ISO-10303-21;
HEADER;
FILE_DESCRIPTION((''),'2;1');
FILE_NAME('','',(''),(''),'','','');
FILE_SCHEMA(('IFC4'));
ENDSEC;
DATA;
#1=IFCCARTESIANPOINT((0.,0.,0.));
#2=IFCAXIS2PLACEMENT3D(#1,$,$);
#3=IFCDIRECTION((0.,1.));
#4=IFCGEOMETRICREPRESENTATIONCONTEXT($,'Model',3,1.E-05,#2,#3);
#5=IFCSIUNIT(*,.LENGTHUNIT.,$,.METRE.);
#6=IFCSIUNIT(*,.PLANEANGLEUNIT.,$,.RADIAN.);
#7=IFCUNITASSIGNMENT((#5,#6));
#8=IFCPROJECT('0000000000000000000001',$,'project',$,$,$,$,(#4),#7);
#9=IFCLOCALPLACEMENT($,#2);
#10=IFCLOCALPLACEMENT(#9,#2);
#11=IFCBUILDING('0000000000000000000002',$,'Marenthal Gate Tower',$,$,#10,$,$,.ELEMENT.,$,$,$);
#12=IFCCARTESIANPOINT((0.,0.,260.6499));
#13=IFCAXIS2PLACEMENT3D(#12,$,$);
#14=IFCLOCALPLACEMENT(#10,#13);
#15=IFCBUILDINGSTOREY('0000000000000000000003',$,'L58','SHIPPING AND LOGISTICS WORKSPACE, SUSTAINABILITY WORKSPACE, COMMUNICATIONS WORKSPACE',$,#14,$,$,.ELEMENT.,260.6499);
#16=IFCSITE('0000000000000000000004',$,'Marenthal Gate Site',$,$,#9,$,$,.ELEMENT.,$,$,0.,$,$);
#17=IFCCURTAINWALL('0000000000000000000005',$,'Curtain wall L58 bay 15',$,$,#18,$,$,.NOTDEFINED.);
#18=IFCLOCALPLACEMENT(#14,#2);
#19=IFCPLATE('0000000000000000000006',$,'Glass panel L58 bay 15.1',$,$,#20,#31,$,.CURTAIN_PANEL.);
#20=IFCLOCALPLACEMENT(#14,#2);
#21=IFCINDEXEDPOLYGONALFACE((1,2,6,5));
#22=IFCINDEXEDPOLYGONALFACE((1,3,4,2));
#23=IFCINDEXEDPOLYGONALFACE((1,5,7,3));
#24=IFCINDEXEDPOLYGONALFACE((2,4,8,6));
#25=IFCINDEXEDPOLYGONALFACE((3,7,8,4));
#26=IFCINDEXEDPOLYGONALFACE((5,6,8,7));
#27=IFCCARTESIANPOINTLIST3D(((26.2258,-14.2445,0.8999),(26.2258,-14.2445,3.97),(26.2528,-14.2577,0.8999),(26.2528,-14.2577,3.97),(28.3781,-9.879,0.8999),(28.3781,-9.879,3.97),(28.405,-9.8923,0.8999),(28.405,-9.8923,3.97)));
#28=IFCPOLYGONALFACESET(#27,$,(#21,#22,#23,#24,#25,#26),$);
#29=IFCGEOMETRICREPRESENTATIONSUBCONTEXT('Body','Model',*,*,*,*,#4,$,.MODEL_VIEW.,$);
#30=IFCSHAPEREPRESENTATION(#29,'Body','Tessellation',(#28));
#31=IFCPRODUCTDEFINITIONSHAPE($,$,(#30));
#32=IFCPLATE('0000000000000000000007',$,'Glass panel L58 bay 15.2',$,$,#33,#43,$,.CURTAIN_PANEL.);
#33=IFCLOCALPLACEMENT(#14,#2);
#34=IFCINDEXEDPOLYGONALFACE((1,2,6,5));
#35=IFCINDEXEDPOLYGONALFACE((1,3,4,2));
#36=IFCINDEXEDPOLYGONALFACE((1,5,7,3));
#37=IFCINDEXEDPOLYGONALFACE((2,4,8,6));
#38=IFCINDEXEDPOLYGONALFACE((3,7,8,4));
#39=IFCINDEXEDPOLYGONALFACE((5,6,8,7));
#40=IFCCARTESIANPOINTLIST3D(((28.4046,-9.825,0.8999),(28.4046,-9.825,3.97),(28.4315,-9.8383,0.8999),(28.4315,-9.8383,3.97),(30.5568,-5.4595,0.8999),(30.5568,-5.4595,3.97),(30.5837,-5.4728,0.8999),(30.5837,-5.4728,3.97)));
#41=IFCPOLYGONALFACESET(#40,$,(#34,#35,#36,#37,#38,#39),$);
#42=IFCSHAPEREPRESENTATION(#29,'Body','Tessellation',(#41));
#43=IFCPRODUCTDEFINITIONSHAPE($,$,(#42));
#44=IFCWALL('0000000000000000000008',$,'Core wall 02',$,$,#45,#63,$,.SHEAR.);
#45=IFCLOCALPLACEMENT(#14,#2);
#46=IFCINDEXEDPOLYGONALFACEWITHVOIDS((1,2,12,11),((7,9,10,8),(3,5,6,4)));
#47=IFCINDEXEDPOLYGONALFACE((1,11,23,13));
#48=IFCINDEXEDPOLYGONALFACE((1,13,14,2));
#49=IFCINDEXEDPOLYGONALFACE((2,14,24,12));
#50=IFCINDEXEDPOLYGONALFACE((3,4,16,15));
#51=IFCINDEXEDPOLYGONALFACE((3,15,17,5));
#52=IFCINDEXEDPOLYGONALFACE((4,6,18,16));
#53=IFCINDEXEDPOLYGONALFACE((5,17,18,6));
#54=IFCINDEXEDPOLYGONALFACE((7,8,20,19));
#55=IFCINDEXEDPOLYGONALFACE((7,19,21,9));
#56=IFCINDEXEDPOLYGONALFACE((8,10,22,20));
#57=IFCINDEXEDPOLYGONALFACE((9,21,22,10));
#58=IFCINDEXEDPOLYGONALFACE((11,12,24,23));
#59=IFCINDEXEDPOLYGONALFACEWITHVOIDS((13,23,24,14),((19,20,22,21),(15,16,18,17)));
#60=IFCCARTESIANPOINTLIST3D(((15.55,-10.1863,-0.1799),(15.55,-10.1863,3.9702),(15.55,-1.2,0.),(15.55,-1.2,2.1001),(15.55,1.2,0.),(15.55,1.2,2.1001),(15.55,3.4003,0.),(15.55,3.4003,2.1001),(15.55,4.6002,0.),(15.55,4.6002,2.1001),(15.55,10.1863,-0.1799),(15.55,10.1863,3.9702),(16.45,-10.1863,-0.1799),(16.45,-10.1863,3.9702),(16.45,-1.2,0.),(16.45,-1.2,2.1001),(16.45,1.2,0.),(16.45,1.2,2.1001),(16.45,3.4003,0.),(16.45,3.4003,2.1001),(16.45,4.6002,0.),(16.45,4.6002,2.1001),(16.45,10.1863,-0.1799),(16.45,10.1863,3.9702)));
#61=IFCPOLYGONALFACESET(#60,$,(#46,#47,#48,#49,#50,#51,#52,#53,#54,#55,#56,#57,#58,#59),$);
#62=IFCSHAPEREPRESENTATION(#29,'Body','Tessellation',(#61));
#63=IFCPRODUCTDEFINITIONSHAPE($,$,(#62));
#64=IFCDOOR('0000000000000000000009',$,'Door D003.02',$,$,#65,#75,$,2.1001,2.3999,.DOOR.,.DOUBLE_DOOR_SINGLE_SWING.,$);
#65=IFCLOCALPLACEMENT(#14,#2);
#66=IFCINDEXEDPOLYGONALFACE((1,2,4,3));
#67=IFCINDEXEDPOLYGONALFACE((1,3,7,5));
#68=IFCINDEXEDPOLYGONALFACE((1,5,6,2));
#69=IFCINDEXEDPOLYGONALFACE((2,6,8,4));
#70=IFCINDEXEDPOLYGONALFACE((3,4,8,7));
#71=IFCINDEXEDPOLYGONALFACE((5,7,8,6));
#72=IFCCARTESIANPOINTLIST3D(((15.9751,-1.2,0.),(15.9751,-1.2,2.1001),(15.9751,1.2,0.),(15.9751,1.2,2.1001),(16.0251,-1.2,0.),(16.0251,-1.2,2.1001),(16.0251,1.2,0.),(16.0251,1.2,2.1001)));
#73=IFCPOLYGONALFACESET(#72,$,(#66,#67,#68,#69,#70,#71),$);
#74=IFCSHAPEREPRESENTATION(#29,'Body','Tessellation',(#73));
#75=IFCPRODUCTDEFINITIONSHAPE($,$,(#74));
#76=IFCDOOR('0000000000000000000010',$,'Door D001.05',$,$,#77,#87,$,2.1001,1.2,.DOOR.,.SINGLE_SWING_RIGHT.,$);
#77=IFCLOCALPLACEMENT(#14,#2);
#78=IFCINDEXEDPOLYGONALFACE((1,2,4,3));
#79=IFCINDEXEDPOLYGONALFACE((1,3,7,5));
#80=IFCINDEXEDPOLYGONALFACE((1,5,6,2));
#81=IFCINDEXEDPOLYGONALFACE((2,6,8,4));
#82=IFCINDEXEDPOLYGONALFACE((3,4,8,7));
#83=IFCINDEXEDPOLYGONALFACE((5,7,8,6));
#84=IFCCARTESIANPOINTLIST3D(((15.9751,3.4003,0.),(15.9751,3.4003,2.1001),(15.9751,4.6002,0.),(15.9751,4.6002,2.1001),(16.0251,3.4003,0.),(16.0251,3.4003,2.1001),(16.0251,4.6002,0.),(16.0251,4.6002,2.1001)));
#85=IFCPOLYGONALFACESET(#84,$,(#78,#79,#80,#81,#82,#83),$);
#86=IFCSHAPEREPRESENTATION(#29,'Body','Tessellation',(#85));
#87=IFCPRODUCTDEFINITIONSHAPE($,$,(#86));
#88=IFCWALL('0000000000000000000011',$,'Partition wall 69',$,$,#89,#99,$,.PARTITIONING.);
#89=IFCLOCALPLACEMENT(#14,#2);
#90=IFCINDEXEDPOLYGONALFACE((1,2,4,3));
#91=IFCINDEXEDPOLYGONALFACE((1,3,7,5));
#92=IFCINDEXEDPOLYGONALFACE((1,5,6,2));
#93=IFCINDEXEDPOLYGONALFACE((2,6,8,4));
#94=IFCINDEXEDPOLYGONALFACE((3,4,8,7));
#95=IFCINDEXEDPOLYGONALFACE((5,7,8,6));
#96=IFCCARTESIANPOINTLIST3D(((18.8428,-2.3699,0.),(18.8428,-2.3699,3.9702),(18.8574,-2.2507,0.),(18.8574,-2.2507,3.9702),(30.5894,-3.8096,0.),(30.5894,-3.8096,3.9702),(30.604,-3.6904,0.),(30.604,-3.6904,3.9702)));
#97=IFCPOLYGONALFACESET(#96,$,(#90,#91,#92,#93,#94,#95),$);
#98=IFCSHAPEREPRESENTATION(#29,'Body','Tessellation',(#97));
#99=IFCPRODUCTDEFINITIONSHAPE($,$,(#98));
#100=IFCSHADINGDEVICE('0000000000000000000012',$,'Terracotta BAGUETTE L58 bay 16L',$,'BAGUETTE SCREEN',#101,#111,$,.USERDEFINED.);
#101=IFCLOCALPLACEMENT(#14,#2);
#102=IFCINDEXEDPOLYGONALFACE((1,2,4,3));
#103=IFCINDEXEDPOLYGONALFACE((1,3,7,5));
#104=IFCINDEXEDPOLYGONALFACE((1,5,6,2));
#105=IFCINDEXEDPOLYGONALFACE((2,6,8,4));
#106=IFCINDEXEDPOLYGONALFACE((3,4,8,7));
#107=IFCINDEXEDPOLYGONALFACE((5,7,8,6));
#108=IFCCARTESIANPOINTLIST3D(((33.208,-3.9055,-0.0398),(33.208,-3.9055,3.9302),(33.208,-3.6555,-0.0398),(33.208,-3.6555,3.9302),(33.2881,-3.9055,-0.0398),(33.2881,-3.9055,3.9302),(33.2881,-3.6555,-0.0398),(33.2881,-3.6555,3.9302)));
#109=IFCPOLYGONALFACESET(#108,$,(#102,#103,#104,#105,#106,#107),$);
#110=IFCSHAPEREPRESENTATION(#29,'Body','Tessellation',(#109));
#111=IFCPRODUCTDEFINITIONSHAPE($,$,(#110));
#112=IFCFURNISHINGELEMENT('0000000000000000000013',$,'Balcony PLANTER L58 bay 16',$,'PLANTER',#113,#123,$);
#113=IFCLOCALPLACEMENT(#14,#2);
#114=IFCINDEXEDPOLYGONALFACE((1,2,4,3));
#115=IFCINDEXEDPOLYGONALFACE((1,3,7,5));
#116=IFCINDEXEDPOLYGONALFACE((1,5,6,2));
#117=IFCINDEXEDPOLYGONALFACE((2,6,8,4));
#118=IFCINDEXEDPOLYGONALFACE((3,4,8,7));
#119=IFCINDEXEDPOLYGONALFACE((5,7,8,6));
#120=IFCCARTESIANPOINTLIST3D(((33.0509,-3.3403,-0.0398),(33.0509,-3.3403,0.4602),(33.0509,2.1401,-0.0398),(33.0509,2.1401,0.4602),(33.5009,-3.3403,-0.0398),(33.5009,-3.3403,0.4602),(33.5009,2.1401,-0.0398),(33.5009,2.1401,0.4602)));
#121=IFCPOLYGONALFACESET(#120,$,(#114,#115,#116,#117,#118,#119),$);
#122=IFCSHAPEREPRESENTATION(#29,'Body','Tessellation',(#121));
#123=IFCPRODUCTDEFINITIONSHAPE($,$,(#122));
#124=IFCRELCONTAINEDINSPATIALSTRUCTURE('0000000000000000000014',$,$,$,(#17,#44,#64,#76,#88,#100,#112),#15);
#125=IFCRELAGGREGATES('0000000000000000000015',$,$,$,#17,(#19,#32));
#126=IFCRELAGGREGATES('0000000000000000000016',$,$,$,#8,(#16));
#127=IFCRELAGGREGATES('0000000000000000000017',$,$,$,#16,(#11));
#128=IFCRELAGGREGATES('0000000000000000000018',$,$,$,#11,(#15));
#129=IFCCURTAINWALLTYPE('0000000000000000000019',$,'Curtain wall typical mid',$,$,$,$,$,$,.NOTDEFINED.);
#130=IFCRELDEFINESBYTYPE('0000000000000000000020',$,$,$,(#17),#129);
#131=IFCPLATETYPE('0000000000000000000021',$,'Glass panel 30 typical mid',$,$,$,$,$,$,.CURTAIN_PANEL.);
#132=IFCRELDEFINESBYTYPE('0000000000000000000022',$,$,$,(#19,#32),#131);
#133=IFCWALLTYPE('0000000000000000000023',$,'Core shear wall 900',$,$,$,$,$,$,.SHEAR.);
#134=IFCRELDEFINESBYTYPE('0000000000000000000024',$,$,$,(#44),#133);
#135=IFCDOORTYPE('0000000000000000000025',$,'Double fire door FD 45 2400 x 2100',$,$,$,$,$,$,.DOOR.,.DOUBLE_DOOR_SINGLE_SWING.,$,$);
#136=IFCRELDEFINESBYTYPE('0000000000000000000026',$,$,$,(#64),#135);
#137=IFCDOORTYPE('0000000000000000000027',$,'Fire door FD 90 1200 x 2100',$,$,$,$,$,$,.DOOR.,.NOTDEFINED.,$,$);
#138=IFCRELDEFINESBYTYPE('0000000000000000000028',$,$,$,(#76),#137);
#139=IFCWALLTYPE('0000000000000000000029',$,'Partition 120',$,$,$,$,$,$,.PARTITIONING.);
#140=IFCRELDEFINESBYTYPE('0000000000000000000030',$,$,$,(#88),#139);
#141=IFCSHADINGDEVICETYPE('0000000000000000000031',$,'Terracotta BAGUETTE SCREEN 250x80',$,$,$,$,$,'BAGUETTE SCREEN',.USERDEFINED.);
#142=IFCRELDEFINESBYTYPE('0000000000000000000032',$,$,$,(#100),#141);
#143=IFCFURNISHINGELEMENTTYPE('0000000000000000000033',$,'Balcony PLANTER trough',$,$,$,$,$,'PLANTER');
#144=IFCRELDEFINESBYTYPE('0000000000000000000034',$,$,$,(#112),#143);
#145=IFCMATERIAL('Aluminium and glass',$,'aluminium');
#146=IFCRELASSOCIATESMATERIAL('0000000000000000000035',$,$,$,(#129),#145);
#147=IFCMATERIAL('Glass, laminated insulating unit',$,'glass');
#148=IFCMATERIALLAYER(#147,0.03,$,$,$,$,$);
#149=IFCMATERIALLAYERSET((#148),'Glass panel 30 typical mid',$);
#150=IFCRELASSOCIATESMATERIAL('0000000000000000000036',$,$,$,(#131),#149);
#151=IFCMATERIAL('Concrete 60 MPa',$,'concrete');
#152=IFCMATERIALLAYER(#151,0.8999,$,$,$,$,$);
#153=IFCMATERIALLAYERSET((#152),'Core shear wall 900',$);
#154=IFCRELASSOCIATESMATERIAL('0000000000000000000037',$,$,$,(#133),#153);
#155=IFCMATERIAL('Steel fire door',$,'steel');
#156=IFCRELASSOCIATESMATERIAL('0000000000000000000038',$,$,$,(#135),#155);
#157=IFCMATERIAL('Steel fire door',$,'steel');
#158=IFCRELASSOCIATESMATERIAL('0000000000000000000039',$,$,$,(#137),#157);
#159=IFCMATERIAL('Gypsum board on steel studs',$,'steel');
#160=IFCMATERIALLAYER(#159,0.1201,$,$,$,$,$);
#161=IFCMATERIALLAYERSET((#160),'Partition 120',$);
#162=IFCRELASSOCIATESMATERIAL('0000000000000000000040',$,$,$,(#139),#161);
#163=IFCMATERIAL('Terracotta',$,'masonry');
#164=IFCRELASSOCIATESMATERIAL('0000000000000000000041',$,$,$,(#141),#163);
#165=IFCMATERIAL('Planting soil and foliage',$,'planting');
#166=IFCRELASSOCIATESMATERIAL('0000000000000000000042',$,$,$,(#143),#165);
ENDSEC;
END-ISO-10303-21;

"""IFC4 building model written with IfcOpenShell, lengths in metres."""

from ifc_helpers import new_model, si_unit, direction, frame, frame_2d, origin, origin_2d, place, context, subcontext, project, spatial, rectangle, extrude, material, layer, layer_set, material_profile, profile_set, type_object, element, fill, aggregate, save


model = new_model("IFC4")

# Units and contexts
model_context = context("Model", 3, precision=1e-05, world=origin(), true_north=direction((0.0, 1.0)))
body_context = subcontext(model_context, "Body", "Model", "MODEL_VIEW")
ifc_project = project(units=[si_unit("LENGTHUNIT", "METRE"), si_unit("PLANEANGLEUNIT", "RADIAN")], contexts=[model_context])

# Site, building, storey
site_placement = place(None, origin())
site = spatial("IfcSite", under=ifc_project, at=site_placement, Name="Marenthal Gate Site", CompositionType="ELEMENT", RefElevation=0.0)
building_placement = place(site_placement, origin())
building = spatial("IfcBuilding", under=site, at=building_placement, Name="Marenthal Gate Tower", CompositionType="ELEMENT")
storey_placement = place(building_placement, frame((0.0, 0.0, 260.6499)))
storey = spatial("IfcBuildingStorey", under=building, at=storey_placement, Name="L58", Description="SHIPPING AND LOGISTICS WORKSPACE, SUSTAINABILITY WORKSPACE, COMMUNICATIONS WORKSPACE", CompositionType="ELEMENT", Elevation=260.6499)

# Curtain wall
ifc_material_1 = material(Name="Aluminium and glass", Category="aluminium")
curtain_wall_type = type_object("IfcCurtainWallType", Name="Curtain wall typical mid", PredefinedType="NOTDEFINED", material=ifc_material_1)
curtain_wall_placement = place(storey_placement, origin())
curtain_wall = element("IfcCurtainWall", 1, at=curtain_wall_placement, inside=storey, type_object=curtain_wall_type, Name="Curtain wall L58 bay 15", PredefinedType="NOTDEFINED")

# Plates
ifc_material_2 = material(Name="Glass, laminated insulating unit", Category="glass")
ifc_layer_1 = layer(ifc_material_2, 0.03)
ifc_layer_set_1 = layer_set([ifc_layer_1], Name="Glass panel 30 typical mid")
plate_type = type_object("IfcPlateType", Name="Glass panel 30 typical mid", PredefinedType="CURTAIN_PANEL", material=ifc_layer_set_1)
plate_1_placement = place(storey_placement, frame((27.3154, -12.0684, 0.8999), z_axis=(0.0, 0.0, 1.0), x_axis=(0.442192, 0.896921, 0.0)))
plate_1 = element("IfcPlate", 2, at=plate_1_placement, type_object=plate_type, Name="Glass panel L58 bay 15.1", PredefinedType="CURTAIN_PANEL", context=body_context, shape_type="SweptSolid", body=[
    extrude(rectangle(XDim=4.8672, YDim=0.03, at=origin_2d()), origin(), (0.0, 0.0, 1.0), 3.0701),
])
plate_2_placement = place(storey_placement, frame((29.4941, -7.6489, 0.8999), z_axis=(0.0, 0.0, 1.0), x_axis=(0.442192, 0.896921, 0.0)))
plate_2 = element("IfcPlate", 3, at=plate_2_placement, type_object=plate_type, Name="Glass panel L58 bay 15.2", PredefinedType="CURTAIN_PANEL", context=body_context, shape_type="SweptSolid", body=[
    extrude(rectangle(XDim=4.8672, YDim=0.03, at=origin_2d()), origin(), (0.0, 0.0, 1.0), 3.0701),
])
aggregate(curtain_wall, [plate_1, plate_2])

# Wall, openings, doors
ifc_material_3 = material(Name="Concrete 60 MPa", Category="concrete")
ifc_layer_2 = layer(ifc_material_3, 0.8999)
ifc_layer_set_2 = layer_set([ifc_layer_2], Name="Core shear wall 900")
wall_type_1 = type_object("IfcWallType", Name="Core shear wall 900", PredefinedType="SHEAR", material=ifc_layer_set_2)
wall_1_placement = place(storey_placement, frame((16.0, -10.1863, -0.1799), z_axis=(0.0, 0.0, 1.0), x_axis=(0.0, 1.0, 0.0)))
wall_1 = element("IfcWall", 4, at=wall_1_placement, inside=storey, type_object=wall_type_1, Name="Core wall 02", PredefinedType="SHEAR", context=body_context, shape_type="SweptSolid", body=[
    extrude(rectangle(XDim=20.3726, YDim=0.8999, at=frame_2d((10.1863, 0.0))), origin(), (0.0, 0.0, 1.0), 4.1501),
])
opening_1_placement = place(wall_1_placement, frame((8.9863, 0.0, 0.1799)))
opening_1 = element("IfcOpeningElement", 5, at=opening_1_placement, cuts=wall_1, PredefinedType="OPENING", context=body_context, shape_type="SweptSolid", body=[
    extrude(rectangle(XDim=2.3999, YDim=2.1001, at=frame_2d((1.2, 1.05))), frame((0.0, 0.46, 0.0), z_axis=(0.0, -1.0, 0.0), x_axis=(1.0, 0.0, 0.0)), (0.0, 0.0, 1.0), 0.9199),
])
opening_2_placement = place(wall_1_placement, frame((13.5864, 0.0, 0.1799)))
opening_2 = element("IfcOpeningElement", 6, at=opening_2_placement, cuts=wall_1, PredefinedType="OPENING", context=body_context, shape_type="SweptSolid", body=[
    extrude(rectangle(XDim=1.2, YDim=2.1001, at=frame_2d((0.6001, 1.05))), frame((0.0, 0.46, 0.0), z_axis=(0.0, -1.0, 0.0), x_axis=(1.0, 0.0, 0.0)), (0.0, 0.0, 1.0), 0.9199),
])
ifc_material_4 = material(Name="Steel fire door", Category="steel")
door_type_1 = type_object("IfcDoorType", Name="Double fire door FD 45 2400 x 2100", OperationType="DOUBLE_DOOR_SINGLE_SWING", PredefinedType="DOOR", material=ifc_material_4)
door_1_placement = place(opening_1_placement, origin())
door_1 = element("IfcDoor", 7, at=door_1_placement, inside=storey, type_object=door_type_1, Name="Door D003.02", OperationType="DOUBLE_DOOR_SINGLE_SWING", OverallHeight=2.1001, OverallWidth=2.3999, PredefinedType="DOOR", context=body_context, shape_type="SweptSolid", body=[
    extrude(rectangle(XDim=2.3999, YDim=2.1001, at=frame_2d((1.2, 1.05))), frame((0.0, 0.0249, 0.0), z_axis=(0.0, -1.0, 0.0), x_axis=(1.0, 0.0, 0.0)), (0.0, 0.0, 1.0), 0.05),
])
fill(opening_1, door_1)
ifc_material_5 = material(Name="Steel fire door", Category="steel")
door_type_2 = type_object("IfcDoorType", Name="Fire door FD 90 1200 x 2100", OperationType="NOTDEFINED", PredefinedType="DOOR", material=ifc_material_5)
door_2_placement = place(opening_2_placement, origin())
door_2 = element("IfcDoor", 8, at=door_2_placement, inside=storey, type_object=door_type_2, Name="Door D001.05", OperationType="SINGLE_SWING_RIGHT", OverallHeight=2.1001, OverallWidth=1.2, PredefinedType="DOOR", context=body_context, shape_type="SweptSolid", body=[
    extrude(rectangle(XDim=1.2, YDim=2.1001, at=frame_2d((0.6001, 1.05))), frame((0.0, 0.0249, 0.0), z_axis=(0.0, -1.0, 0.0), x_axis=(1.0, 0.0, 0.0)), (0.0, 0.0, 1.0), 0.05),
])
fill(opening_2, door_2)

# Wall
ifc_material_6 = material(Name="Gypsum board on steel studs", Category="steel")
ifc_layer_3 = layer(ifc_material_6, 0.1201)
ifc_layer_set_3 = layer_set([ifc_layer_3], Name="Partition 120")
wall_type_2 = type_object("IfcWallType", Name="Partition 120", PredefinedType="PARTITIONING", material=ifc_layer_set_3)
wall_2_placement = place(storey_placement, frame((18.8501, -2.3103, 0.0), z_axis=(0.0, 0.0, 1.0), x_axis=(0.992573, -0.121653, 0.0)))
element("IfcWall", 9, at=wall_2_placement, inside=storey, type_object=wall_type_2, Name="Partition wall 69", PredefinedType="PARTITIONING", context=body_context, shape_type="SweptSolid", body=[
    extrude(rectangle(XDim=11.8345, YDim=0.1201, at=frame_2d((5.9172, 0.0))), origin(), (0.0, 0.0, 1.0), 3.9702),
])

# Shading device
ifc_material_7 = material(Name="Terracotta", Category="masonry")
ifc_material_profile_1 = material_profile(ifc_material_7, rectangle(XDim=0.25, YDim=0.0801, at=origin_2d()), Name="Terracotta baguette 250x80")
ifc_profile_set_1 = profile_set([ifc_material_profile_1], Name="Terracotta")
shading_device_type = type_object("IfcShadingDeviceType", Name="Terracotta BAGUETTE SCREEN 250x80", ElementType="BAGUETTE SCREEN", PredefinedType="USERDEFINED", material=ifc_profile_set_1)
shading_device_placement = place(storey_placement, frame((33.248, -3.7805, -0.0398), z_axis=(0.0, 0.0, 1.0), x_axis=(0.0, 1.0, 0.0)))
element("IfcShadingDevice", 10, at=shading_device_placement, inside=storey, type_object=shading_device_type, Name="Terracotta BAGUETTE L58 bay 16L", ObjectType="BAGUETTE SCREEN", PredefinedType="USERDEFINED", context=body_context, shape_type="SweptSolid", body=[
    extrude(rectangle(XDim=0.25, YDim=0.0801, at=origin_2d()), origin(), (0.0, 0.0, 1.0), 3.97),
])

# Furnishing element
ifc_material_8 = material(Name="Planting soil and foliage", Category="planting")
furnishing_element_type = type_object("IfcFurnishingElementType", Name="Balcony PLANTER trough", ElementType="PLANTER", material=ifc_material_8)
furnishing_placement = place(storey_placement, frame((33.2759, -0.6001, -0.0398), z_axis=(0.0, 0.0, 1.0), x_axis=(0.0, 1.0, 0.0)))
element("IfcFurnishingElement", 11, at=furnishing_placement, inside=storey, type_object=furnishing_element_type, Name="Balcony PLANTER L58 bay 16", ObjectType="PLANTER", context=body_context, shape_type="SweptSolid", body=[
    extrude(rectangle(XDim=5.4805, YDim=0.45, at=origin_2d()), origin(), (0.0, 0.0, 1.0), 0.5),
])

save(model, "model.ifc")
